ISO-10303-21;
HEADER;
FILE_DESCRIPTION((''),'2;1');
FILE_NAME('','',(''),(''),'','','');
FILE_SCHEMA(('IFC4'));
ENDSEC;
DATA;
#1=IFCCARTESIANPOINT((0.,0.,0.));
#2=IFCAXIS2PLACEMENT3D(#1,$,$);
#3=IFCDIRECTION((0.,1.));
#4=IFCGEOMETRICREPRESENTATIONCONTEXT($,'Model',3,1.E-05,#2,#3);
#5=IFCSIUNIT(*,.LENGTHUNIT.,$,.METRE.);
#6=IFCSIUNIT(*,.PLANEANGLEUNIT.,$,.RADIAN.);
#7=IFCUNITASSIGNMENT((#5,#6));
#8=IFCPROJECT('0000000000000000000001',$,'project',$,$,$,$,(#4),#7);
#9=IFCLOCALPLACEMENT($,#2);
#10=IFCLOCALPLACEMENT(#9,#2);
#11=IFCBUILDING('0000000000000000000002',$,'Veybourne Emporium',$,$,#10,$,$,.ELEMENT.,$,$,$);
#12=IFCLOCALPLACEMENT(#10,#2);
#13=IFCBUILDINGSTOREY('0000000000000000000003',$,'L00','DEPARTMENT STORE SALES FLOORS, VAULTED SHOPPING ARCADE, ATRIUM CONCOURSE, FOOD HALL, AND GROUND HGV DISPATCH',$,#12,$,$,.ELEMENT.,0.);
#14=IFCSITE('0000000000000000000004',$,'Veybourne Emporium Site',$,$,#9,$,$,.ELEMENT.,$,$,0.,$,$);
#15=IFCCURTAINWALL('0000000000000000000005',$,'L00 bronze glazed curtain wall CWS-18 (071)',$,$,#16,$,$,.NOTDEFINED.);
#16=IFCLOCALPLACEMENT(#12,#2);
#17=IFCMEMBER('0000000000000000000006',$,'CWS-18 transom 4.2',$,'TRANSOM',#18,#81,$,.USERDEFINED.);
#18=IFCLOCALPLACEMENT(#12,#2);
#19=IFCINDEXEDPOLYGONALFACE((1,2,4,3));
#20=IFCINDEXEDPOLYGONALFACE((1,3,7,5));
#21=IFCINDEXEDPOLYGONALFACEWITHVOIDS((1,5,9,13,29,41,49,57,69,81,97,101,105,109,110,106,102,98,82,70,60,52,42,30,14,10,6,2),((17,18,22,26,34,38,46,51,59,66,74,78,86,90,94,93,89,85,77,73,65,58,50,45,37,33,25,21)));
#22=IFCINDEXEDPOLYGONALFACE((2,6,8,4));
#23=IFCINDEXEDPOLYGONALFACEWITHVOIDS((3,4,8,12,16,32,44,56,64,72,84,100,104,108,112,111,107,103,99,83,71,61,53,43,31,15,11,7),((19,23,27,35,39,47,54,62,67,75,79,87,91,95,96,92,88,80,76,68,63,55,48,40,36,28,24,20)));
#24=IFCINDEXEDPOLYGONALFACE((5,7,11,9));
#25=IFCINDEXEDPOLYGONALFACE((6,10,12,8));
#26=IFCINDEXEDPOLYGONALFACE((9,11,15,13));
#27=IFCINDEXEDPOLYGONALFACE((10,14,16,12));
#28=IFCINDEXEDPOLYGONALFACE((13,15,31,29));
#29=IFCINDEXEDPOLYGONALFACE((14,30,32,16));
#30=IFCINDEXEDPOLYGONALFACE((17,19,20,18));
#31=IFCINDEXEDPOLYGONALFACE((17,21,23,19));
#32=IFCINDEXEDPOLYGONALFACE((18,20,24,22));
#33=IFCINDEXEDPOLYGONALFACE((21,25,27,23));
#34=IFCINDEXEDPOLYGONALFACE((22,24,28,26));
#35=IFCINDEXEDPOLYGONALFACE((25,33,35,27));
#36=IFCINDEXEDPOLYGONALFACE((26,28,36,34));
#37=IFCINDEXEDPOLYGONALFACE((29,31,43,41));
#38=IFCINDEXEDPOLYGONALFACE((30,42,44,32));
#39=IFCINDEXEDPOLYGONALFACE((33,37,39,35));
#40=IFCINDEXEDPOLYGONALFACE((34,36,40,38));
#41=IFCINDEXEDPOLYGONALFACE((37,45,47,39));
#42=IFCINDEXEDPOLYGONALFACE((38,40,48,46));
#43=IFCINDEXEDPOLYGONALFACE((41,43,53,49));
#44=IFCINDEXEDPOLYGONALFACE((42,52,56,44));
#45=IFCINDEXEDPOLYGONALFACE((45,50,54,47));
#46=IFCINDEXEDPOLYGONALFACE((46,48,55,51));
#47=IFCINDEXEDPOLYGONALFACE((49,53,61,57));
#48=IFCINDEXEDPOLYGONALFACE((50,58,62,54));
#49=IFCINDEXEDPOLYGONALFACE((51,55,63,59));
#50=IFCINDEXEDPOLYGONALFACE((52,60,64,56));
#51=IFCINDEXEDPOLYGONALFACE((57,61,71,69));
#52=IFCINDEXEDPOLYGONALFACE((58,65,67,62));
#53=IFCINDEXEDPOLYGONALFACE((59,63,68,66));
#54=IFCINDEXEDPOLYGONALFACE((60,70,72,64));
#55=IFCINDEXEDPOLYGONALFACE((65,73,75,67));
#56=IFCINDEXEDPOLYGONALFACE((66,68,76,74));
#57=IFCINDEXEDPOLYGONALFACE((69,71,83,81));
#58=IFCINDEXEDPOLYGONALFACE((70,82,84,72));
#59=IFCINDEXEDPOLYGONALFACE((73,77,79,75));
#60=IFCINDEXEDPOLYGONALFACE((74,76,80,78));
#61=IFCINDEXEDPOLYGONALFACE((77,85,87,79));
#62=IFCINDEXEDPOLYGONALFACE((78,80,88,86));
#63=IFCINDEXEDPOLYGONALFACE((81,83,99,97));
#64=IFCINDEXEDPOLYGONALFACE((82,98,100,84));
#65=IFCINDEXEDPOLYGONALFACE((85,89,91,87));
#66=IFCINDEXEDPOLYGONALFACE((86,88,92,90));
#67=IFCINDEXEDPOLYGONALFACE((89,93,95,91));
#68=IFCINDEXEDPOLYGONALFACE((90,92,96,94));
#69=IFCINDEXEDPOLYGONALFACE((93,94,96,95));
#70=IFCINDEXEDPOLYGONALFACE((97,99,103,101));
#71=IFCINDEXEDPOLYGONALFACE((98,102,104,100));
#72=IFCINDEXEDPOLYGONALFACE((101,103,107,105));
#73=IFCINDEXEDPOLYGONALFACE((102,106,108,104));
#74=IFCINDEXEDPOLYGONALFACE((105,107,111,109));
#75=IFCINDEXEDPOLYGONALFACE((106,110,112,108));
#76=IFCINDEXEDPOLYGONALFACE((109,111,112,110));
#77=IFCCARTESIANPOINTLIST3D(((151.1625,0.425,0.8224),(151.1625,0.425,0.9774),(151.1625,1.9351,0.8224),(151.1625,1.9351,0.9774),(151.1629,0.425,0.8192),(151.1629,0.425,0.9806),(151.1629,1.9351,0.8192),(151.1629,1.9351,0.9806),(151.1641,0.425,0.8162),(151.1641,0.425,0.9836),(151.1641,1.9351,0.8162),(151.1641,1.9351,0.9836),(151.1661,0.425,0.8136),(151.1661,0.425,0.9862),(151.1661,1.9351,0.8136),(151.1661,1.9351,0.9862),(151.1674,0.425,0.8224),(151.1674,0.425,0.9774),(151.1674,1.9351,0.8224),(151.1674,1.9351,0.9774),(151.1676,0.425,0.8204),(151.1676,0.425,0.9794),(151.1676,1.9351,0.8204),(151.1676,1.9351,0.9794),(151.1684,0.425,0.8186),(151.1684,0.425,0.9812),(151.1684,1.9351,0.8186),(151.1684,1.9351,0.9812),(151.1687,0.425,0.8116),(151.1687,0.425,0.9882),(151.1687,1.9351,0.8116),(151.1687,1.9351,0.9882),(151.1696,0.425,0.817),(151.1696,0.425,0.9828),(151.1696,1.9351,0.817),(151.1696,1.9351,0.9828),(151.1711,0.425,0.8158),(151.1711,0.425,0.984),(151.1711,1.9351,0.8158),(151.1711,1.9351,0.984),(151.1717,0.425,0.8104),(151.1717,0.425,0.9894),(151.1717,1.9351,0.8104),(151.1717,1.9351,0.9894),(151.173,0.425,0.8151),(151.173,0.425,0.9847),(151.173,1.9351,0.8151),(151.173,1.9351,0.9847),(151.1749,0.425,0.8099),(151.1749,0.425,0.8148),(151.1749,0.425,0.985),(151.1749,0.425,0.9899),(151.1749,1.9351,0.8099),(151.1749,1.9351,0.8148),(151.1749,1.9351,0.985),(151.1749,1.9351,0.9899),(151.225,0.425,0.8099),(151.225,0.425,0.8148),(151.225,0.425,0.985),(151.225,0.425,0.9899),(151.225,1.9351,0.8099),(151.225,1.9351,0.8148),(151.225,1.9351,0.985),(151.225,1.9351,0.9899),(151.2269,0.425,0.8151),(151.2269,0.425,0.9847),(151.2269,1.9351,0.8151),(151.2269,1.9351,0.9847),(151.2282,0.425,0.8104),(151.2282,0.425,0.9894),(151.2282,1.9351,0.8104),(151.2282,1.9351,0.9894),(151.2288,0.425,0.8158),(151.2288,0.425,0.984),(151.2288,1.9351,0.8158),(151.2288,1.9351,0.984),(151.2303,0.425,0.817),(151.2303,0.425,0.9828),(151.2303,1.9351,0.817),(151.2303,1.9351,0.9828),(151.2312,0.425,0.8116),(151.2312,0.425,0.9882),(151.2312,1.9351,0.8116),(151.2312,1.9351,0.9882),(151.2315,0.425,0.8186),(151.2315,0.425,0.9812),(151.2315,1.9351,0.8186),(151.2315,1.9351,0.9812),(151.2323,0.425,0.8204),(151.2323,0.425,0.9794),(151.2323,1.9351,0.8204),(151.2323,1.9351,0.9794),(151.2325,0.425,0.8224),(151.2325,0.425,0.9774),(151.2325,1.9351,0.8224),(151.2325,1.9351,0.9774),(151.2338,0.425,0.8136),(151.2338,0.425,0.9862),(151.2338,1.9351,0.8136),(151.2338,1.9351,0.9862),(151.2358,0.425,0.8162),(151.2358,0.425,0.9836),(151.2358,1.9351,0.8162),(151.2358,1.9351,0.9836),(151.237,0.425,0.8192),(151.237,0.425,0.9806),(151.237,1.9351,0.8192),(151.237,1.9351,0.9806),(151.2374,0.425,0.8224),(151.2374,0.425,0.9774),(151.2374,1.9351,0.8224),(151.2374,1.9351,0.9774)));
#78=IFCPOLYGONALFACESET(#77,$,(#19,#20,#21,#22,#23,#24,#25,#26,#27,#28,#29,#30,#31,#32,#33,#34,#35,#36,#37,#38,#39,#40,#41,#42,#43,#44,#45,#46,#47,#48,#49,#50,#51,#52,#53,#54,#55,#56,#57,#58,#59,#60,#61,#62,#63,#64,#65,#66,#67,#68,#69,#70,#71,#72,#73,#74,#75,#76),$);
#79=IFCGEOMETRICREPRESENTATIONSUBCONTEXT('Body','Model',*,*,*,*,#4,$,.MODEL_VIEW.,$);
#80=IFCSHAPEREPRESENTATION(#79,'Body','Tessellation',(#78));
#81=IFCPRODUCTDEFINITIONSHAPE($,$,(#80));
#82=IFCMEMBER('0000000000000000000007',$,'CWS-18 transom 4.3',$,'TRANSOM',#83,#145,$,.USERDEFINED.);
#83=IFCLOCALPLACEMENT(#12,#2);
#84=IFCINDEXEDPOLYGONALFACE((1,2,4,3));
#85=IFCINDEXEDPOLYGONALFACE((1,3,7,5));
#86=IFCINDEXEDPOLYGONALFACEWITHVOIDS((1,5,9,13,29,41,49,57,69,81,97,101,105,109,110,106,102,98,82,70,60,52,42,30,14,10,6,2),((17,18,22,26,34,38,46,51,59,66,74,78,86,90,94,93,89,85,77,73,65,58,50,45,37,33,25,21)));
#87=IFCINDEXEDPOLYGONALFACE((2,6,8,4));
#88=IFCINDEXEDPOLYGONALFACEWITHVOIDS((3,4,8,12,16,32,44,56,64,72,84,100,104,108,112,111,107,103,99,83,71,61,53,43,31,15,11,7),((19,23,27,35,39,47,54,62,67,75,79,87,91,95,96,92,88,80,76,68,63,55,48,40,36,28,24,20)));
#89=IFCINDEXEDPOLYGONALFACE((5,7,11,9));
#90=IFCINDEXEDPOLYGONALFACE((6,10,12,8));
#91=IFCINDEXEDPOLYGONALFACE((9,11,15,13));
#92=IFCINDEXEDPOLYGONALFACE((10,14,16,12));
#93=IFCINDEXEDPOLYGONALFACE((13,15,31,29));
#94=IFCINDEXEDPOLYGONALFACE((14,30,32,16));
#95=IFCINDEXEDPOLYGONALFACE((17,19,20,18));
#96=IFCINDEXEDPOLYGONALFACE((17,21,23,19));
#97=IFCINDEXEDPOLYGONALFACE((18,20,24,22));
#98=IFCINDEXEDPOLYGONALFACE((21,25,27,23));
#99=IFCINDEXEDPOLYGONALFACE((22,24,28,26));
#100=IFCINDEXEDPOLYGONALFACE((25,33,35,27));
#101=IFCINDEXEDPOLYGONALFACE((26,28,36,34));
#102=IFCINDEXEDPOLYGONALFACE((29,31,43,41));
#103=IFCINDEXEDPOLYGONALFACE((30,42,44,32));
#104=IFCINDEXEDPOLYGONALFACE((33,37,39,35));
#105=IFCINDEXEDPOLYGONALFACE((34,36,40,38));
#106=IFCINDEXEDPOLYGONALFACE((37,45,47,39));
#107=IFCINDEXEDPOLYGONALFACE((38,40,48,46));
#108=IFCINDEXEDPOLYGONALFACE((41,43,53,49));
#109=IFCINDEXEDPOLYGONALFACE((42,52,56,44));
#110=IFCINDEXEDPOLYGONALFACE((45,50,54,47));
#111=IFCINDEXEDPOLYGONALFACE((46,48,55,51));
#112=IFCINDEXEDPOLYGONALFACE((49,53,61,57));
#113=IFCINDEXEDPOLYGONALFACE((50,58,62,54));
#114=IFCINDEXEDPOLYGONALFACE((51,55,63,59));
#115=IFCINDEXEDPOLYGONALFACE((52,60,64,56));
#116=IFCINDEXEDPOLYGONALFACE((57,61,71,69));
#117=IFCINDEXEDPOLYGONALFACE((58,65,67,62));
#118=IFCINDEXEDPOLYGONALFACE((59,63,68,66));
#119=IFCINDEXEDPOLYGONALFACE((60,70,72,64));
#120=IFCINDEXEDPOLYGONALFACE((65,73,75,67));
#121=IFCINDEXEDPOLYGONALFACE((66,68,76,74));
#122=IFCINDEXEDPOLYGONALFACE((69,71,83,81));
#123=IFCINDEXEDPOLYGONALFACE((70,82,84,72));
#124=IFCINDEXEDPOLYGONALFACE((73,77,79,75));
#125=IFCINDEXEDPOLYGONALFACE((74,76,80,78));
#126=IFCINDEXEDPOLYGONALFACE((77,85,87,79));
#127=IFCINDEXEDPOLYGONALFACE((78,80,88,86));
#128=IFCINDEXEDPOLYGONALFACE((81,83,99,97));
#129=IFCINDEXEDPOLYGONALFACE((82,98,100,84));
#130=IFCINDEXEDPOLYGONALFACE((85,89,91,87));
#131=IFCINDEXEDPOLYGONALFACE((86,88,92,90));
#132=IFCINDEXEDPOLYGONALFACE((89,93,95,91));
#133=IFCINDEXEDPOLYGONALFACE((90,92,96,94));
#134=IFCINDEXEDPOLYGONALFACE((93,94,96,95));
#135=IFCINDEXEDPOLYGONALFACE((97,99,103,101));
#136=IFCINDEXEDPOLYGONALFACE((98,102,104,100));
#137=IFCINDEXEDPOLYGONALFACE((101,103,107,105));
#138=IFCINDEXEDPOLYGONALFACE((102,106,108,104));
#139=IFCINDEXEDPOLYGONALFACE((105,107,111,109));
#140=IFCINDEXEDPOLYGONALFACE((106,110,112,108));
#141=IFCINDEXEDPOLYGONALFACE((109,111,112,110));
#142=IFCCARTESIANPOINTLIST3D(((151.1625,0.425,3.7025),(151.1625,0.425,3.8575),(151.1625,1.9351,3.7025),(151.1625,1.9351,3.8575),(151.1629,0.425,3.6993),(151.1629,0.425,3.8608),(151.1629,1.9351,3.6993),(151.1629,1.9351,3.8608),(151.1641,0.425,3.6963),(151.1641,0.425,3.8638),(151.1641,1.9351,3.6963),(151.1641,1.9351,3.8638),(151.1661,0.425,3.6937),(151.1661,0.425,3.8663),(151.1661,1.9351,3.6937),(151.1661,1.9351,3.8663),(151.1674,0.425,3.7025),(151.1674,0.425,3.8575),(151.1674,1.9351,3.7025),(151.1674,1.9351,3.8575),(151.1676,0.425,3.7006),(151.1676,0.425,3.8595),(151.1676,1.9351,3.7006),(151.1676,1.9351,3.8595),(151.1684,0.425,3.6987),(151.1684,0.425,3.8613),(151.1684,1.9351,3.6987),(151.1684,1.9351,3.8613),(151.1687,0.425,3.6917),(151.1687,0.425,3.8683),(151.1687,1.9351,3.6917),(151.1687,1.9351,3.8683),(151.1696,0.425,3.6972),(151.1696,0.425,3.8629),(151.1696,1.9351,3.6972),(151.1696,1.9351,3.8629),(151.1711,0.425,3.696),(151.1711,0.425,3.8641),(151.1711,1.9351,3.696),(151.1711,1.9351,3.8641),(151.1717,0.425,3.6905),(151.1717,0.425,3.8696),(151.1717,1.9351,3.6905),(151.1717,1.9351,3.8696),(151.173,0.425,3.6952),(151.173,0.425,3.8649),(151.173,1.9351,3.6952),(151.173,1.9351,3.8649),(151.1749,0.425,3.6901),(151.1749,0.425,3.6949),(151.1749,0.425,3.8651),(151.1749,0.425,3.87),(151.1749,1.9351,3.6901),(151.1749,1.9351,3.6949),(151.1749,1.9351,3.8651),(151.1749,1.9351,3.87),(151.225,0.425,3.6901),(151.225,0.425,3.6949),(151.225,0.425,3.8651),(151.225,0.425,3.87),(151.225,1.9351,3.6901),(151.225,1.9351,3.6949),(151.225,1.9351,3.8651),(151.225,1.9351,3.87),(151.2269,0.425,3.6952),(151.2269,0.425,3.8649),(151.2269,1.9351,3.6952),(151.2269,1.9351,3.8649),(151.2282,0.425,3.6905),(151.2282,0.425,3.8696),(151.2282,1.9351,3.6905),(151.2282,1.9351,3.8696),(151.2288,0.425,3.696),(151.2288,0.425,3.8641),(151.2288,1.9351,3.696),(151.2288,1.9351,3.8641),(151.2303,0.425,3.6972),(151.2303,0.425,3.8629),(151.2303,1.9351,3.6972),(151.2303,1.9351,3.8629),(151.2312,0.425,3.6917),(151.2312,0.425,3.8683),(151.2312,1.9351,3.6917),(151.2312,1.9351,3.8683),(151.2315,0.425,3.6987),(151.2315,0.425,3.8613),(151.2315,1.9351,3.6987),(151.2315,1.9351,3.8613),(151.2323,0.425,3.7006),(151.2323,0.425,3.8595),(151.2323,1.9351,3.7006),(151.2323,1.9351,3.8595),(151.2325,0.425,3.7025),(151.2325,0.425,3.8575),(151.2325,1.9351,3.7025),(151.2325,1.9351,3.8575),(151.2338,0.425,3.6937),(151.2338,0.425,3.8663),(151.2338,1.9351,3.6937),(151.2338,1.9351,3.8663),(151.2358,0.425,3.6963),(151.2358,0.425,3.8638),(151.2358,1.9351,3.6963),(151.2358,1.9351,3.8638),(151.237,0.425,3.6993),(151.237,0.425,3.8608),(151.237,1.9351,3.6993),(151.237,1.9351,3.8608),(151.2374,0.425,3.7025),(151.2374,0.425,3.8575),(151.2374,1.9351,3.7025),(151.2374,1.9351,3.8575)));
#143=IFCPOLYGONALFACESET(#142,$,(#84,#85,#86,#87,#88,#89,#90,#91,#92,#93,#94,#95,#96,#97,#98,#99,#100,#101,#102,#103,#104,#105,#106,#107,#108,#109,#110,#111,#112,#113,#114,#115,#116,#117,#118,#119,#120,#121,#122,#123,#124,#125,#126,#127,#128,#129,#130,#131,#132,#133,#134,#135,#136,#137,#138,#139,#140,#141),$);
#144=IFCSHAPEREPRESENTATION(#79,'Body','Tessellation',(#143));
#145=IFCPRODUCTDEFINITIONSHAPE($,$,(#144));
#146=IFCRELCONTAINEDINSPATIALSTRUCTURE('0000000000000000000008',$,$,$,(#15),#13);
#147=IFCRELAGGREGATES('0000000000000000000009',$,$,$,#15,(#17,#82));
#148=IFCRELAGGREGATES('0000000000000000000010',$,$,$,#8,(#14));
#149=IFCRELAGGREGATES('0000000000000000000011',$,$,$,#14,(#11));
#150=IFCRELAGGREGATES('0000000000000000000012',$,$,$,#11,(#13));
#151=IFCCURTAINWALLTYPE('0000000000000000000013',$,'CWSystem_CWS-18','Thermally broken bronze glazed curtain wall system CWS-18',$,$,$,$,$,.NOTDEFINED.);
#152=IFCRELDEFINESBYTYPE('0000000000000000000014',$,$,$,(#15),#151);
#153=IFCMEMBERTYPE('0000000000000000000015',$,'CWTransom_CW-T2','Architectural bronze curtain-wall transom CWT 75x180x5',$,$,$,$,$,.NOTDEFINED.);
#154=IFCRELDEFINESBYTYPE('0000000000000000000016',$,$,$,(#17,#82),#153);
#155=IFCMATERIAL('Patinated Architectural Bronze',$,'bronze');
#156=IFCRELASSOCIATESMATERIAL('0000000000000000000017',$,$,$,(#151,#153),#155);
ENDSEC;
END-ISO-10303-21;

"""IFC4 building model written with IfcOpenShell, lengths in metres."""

from ifc_helpers import new_model, si_unit, direction, frame, origin, origin_2d, place, context, subcontext, project, spatial, hollow_rectangle, extrude, material, material_profile, profile_set, type_object, element, aggregate, save


model = new_model("IFC4")

# Units and contexts
model_context = context("Model", 3, precision=1e-05, world=origin(), true_north=direction((0.0, 1.0)))
body_context = subcontext(model_context, "Body", "Model", "MODEL_VIEW")
ifc_project = project(units=[si_unit("LENGTHUNIT", "METRE"), si_unit("PLANEANGLEUNIT", "RADIAN")], contexts=[model_context])

# Site, building, storey
site_placement = place(None, origin())
site = spatial("IfcSite", under=ifc_project, at=site_placement, Name="Veybourne Emporium Site", CompositionType="ELEMENT", RefElevation=0.0)
building_placement = place(site_placement, origin())
building = spatial("IfcBuilding", under=site, at=building_placement, Name="Veybourne Emporium", CompositionType="ELEMENT")
storey_placement = place(building_placement, origin())
storey = spatial("IfcBuildingStorey", under=building, at=storey_placement, Name="L00", Description="DEPARTMENT STORE SALES FLOORS, VAULTED SHOPPING ARCADE, ATRIUM CONCOURSE, FOOD HALL, AND GROUND HGV DISPATCH", CompositionType="ELEMENT", Elevation=0.0)

# Curtain wall
ifc_material_1 = material(Name="Patinated Architectural Bronze", Category="bronze")
curtain_wall_type_1 = type_object("IfcCurtainWallType", Name="CWSystem_CWS-18", Description="Thermally broken bronze glazed curtain wall system CWS-18", PredefinedType="NOTDEFINED", material=ifc_material_1)
curtain_wall_1_placement = place(storey_placement, origin())
curtain_wall_1 = element("IfcCurtainWall", 1, at=curtain_wall_1_placement, inside=storey, type_object=curtain_wall_type_1, Name="L00 bronze glazed curtain wall CWS-18 (071)", PredefinedType="NOTDEFINED")

# Members
ifc_material_profile_1 = material_profile(ifc_material_1, hollow_rectangle(XDim=0.075, YDim=0.1799, WallThickness=0.0049, InnerFilletRadius=0.0076, OuterFilletRadius=0.0125, at=origin_2d()), Name="CWT 75x180x5")
ifc_profile_set_1 = profile_set([ifc_material_profile_1], Name="Patinated Architectural Bronze")
member_type_1 = type_object("IfcMemberType", Name="CWTransom_CW-T2", Description="Architectural bronze curtain-wall transom CWT 75x180x5", PredefinedType="NOTDEFINED", material=ifc_profile_set_1)
member_1_placement = place(storey_placement, frame((151.2, 1.9351, 0.8999), z_axis=(0.0, -1.0, 0.0), x_axis=(1.0, 0.0, 0.0)))
member_1 = element("IfcMember", 2, at=member_1_placement, type_object=member_type_1, Name="CWS-18 transom 4.2", ObjectType="TRANSOM", PredefinedType="USERDEFINED", context=body_context, shape_type="SweptSolid", body=[
    extrude(hollow_rectangle(XDim=0.075, YDim=0.1799, WallThickness=0.0049, InnerFilletRadius=0.0076, OuterFilletRadius=0.0125, at=origin_2d()), origin(), (0.0, 0.0, 1.0), 1.51),
])
member_2_placement = place(storey_placement, frame((151.2, 1.9351, 3.78), z_axis=(0.0, -1.0, 0.0), x_axis=(1.0, 0.0, 0.0)))
member_2 = element("IfcMember", 3, at=member_2_placement, type_object=member_type_1, Name="CWS-18 transom 4.3", ObjectType="TRANSOM", PredefinedType="USERDEFINED", context=body_context, shape_type="SweptSolid", body=[
    extrude(hollow_rectangle(XDim=0.075, YDim=0.1799, WallThickness=0.0049, InnerFilletRadius=0.0076, OuterFilletRadius=0.0125, at=origin_2d()), origin(), (0.0, 0.0, 1.0), 1.51),
])

aggregate(curtain_wall_1, [member_1, member_2])

save(model, "model.ifc")
